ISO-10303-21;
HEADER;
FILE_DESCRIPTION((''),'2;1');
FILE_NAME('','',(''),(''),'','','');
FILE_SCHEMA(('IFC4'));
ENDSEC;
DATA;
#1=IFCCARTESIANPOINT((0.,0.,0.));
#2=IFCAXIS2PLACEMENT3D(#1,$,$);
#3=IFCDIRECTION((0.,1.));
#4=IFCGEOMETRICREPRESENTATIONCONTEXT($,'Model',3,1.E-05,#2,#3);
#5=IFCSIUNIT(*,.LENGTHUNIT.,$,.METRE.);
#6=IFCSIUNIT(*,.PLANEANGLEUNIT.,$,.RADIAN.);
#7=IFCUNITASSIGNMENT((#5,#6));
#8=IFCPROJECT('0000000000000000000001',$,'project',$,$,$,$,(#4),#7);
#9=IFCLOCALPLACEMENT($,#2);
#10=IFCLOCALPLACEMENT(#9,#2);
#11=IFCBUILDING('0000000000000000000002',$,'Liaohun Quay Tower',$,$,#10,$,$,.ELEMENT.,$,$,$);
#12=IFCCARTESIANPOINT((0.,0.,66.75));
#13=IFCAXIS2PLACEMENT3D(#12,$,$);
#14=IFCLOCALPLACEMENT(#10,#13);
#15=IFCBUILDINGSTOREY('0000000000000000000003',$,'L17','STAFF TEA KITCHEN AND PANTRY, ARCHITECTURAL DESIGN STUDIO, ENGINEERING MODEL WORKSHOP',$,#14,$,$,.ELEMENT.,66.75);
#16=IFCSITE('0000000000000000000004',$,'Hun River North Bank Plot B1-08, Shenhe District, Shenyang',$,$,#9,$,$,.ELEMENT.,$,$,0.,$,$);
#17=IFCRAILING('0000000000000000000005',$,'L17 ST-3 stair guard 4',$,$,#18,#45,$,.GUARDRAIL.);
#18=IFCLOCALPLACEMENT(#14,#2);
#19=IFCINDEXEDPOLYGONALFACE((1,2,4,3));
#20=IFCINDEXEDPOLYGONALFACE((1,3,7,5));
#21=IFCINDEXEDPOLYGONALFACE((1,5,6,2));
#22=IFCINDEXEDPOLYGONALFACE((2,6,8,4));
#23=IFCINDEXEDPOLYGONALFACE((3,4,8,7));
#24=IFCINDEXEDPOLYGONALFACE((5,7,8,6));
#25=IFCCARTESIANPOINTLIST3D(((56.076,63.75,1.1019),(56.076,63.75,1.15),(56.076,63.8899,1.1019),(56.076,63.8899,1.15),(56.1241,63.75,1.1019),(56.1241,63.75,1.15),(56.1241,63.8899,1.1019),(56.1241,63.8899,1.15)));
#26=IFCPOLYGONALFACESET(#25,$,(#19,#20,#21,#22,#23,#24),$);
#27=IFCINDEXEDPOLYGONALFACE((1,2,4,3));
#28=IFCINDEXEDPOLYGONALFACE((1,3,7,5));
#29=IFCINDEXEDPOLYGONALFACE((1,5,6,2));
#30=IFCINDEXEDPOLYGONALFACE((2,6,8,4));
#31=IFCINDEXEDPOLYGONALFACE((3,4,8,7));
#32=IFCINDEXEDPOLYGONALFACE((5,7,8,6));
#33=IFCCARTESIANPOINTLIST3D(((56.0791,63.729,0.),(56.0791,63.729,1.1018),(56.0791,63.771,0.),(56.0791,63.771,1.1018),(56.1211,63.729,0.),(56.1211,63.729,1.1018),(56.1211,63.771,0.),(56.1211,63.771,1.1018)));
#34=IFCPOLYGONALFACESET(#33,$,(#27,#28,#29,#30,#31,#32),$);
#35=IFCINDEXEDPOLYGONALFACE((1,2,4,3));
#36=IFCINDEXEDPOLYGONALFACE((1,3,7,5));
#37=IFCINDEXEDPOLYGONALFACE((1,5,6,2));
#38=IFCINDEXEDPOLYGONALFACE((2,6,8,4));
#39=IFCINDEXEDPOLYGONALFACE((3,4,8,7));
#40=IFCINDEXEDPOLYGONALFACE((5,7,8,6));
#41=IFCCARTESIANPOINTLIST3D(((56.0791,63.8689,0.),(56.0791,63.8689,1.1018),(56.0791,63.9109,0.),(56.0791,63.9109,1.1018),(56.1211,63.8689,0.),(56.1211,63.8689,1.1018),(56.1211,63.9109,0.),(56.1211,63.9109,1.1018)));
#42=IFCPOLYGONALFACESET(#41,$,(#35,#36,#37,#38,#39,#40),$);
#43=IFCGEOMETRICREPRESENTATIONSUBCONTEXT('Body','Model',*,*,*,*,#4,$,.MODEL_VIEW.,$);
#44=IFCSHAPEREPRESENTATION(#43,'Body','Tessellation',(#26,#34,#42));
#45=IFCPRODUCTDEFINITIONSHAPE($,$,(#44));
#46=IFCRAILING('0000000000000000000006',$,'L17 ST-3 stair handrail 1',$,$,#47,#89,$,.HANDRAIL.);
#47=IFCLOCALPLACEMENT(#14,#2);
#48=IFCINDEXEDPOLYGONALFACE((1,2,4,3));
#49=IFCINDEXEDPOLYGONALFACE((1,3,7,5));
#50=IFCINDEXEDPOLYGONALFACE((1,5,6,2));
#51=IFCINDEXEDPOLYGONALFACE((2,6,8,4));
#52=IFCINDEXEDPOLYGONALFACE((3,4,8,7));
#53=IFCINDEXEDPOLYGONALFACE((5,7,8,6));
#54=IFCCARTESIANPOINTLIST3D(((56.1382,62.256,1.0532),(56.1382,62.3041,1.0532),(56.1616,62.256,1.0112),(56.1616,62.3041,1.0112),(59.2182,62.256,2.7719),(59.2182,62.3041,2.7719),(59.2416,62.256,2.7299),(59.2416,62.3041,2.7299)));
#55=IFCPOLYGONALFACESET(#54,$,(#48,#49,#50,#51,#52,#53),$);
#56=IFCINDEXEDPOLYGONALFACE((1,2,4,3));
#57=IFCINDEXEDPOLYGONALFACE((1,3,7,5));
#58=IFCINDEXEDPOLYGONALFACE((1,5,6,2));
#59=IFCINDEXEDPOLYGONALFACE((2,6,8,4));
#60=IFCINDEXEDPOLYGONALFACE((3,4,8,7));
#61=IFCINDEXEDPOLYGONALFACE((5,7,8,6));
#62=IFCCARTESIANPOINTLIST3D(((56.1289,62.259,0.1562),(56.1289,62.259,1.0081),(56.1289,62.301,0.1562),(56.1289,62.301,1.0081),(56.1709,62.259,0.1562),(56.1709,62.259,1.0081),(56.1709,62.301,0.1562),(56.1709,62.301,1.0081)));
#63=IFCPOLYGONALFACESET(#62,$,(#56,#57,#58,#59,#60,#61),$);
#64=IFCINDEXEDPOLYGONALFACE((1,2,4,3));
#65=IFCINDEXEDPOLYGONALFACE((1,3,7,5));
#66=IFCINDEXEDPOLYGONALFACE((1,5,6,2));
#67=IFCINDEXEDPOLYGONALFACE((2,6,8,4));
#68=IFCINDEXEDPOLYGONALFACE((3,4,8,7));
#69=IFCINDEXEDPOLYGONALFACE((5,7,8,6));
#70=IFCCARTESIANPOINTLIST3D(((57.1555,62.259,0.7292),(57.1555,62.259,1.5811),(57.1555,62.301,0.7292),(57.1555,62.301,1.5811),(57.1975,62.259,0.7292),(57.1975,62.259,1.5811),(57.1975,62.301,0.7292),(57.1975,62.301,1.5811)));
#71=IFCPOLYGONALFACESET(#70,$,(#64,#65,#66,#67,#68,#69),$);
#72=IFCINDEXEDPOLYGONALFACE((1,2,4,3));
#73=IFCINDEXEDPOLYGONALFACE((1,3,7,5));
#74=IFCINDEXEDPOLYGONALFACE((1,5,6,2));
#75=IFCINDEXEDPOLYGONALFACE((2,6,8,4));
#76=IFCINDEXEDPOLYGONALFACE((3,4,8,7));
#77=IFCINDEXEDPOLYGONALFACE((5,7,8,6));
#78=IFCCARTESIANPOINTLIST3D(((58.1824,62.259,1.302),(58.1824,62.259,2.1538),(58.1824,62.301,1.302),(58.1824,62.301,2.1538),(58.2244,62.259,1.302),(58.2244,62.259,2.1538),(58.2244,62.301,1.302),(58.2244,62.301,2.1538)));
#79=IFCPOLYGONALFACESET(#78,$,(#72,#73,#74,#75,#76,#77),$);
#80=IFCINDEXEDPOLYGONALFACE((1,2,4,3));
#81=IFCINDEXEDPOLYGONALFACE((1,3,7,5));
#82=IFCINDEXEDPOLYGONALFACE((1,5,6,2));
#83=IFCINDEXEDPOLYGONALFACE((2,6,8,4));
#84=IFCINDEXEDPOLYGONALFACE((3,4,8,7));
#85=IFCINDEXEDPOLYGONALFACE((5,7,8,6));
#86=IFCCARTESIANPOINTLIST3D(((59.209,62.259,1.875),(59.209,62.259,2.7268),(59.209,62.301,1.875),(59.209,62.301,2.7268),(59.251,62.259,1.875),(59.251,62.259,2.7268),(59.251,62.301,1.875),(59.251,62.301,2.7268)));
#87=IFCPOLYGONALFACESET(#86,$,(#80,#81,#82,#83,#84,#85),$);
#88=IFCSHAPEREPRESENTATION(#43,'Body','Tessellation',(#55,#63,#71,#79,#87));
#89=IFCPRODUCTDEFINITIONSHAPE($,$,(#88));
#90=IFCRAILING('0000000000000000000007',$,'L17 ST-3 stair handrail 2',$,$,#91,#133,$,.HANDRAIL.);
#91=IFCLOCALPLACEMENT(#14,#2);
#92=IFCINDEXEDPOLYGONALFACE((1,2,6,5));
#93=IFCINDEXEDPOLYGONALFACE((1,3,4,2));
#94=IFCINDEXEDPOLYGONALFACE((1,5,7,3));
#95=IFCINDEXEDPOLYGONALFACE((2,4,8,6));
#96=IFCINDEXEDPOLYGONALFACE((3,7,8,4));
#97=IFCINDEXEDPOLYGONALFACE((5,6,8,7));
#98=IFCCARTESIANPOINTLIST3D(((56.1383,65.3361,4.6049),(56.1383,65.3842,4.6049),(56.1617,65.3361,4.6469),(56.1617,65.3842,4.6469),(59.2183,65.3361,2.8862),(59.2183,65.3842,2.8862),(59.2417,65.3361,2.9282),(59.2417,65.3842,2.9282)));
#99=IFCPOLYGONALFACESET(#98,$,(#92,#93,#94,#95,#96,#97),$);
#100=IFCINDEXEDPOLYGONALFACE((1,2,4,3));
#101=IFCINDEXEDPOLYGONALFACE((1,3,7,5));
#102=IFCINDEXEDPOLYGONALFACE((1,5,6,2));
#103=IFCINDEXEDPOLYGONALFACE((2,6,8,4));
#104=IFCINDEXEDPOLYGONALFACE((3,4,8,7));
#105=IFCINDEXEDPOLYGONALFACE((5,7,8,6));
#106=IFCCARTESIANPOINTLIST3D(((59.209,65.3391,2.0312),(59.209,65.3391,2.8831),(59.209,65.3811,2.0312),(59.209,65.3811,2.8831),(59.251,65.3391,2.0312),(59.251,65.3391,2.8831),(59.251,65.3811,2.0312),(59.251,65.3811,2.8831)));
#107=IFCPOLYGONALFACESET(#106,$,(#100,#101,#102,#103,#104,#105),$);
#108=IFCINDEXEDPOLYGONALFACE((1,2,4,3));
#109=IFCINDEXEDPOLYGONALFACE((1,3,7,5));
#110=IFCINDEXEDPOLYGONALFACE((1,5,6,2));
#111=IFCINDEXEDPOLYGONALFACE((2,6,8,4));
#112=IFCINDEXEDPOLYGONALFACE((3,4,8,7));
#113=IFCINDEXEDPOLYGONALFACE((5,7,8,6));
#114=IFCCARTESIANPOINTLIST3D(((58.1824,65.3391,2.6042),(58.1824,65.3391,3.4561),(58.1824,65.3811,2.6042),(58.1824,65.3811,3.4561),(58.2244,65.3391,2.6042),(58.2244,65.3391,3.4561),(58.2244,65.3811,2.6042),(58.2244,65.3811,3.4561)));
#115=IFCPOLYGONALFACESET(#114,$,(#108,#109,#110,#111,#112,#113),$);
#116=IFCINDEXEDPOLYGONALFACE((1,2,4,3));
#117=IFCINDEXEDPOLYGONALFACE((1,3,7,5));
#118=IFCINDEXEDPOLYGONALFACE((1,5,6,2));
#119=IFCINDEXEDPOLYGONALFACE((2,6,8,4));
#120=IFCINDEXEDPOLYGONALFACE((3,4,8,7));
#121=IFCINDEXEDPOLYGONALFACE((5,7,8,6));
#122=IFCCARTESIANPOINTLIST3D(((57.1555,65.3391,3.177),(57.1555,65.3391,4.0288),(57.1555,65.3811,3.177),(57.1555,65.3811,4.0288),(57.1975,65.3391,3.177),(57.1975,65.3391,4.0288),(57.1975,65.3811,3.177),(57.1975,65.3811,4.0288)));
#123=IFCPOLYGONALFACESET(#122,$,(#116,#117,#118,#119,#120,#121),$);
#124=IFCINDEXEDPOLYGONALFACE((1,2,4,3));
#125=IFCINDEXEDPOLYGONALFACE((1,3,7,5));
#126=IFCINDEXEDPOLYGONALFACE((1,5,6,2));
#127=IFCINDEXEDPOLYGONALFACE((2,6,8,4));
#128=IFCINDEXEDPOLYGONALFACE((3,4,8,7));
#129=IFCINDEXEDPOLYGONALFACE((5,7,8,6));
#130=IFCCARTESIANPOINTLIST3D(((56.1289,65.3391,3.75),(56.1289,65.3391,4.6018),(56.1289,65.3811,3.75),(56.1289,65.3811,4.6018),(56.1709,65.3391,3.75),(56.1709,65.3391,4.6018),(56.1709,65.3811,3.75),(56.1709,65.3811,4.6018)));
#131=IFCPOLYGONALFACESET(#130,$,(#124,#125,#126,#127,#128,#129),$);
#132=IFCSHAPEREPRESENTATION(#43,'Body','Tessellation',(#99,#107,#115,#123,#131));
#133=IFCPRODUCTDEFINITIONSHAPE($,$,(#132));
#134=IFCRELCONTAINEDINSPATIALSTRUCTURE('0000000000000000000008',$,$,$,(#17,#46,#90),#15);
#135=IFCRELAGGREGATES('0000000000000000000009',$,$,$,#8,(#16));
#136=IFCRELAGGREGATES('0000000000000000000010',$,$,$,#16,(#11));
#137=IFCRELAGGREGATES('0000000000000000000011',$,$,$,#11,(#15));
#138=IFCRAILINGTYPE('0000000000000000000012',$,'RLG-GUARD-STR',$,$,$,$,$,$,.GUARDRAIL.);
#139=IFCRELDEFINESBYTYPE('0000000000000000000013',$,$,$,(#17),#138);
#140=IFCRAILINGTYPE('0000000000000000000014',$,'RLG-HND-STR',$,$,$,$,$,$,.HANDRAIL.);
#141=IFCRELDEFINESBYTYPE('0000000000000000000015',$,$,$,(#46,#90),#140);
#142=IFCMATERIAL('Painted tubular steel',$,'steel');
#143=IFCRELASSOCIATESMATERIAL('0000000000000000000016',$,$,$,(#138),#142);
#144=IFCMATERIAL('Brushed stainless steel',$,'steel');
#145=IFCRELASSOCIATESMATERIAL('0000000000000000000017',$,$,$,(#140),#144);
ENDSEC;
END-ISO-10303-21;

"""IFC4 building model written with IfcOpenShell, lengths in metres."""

from ifc_helpers import new_model, si_unit, direction, frame, origin, origin_2d, place, context, subcontext, project, spatial, rectangle, extrude, material, type_object, element, save


model = new_model("IFC4")

# Units and contexts
model_context = context("Model", 3, precision=1e-05, world=origin(), true_north=direction((0.0, 1.0)))
body_context = subcontext(model_context, "Body", "Model", "MODEL_VIEW")
ifc_project = project(units=[si_unit("LENGTHUNIT", "METRE"), si_unit("PLANEANGLEUNIT", "RADIAN")], contexts=[model_context])

# Site, building, storey
site_placement = place(None, origin())
site = spatial("IfcSite", under=ifc_project, at=site_placement, Name="Hun River North Bank Plot B1-08, Shenhe District, Shenyang", CompositionType="ELEMENT", RefElevation=0.0)
building_placement = place(site_placement, origin())
building = spatial("IfcBuilding", under=site, at=building_placement, Name="Liaohun Quay Tower", CompositionType="ELEMENT")
storey_placement = place(building_placement, frame((0.0, 0.0, 66.75)))
storey = spatial("IfcBuildingStorey", under=building, at=storey_placement, Name="L17", Description="STAFF TEA KITCHEN AND PANTRY, ARCHITECTURAL DESIGN STUDIO, ENGINEERING MODEL WORKSHOP", CompositionType="ELEMENT", Elevation=66.75)

# Railings
ifc_material_1 = material(Name="Painted tubular steel", Category="steel")
railing_type_1 = type_object("IfcRailingType", Name="RLG-GUARD-STR", PredefinedType="GUARDRAIL", material=ifc_material_1)
railing_1_placement = place(storey_placement, frame((56.1001, 63.75, 0.0)))
element("IfcRailing", 1, at=railing_1_placement, inside=storey, type_object=railing_type_1, Name="L17 ST-3 stair guard 4", PredefinedType="GUARDRAIL", context=body_context, shape_type="SweptSolid", body=[
    extrude(rectangle(XDim=0.0481, YDim=0.0481, at=origin_2d()), frame((0.0, 0.0, 1.126), z_axis=(0.0, 1.0, 0.0), x_axis=(-1.0, 0.0, 0.0)), (0.0, 0.0, 1.0), 0.1399),
    extrude(rectangle(XDim=0.042, YDim=0.042, at=origin_2d()), origin(), (0.0, 0.0, 1.0), 1.1018),
    extrude(rectangle(XDim=0.042, YDim=0.042, at=origin_2d()), frame((0.0, 0.1399, 0.0)), (0.0, 0.0, 1.0), 1.1018),
])
ifc_material_2 = material(Name="Brushed stainless steel", Category="steel")
railing_type_2 = type_object("IfcRailingType", Name="RLG-HND-STR", PredefinedType="HANDRAIL", material=ifc_material_2)
railing_2_placement = place(storey_placement, frame((56.1499, 62.28, 0.1562)))
element("IfcRailing", 2, at=railing_2_placement, inside=storey, type_object=railing_type_2, Name="L17 ST-3 stair handrail 1", PredefinedType="HANDRAIL", context=body_context, shape_type="SweptSolid", body=[
    extrude(rectangle(XDim=0.0481, YDim=0.0481, at=origin_2d()), frame((0.0, 0.0, 0.876), z_axis=(0.873242, 0.0, 0.487288), x_axis=(0.0, 1.0, 0.0)), (0.0, 0.0, 1.0), 3.5271),
    extrude(rectangle(XDim=0.042, YDim=0.042, at=origin_2d()), origin(), (0.0, 0.0, 1.0), 0.8518),
    extrude(rectangle(XDim=0.042, YDim=0.042, at=origin_2d()), frame((1.0266, 0.0, 0.573)), (0.0, 0.0, 1.0), 0.8518),
    extrude(rectangle(XDim=0.042, YDim=0.042, at=origin_2d()), frame((2.0535, 0.0, 1.1458)), (0.0, 0.0, 1.0), 0.8518),
    extrude(rectangle(XDim=0.042, YDim=0.042, at=origin_2d()), frame((3.0801, 0.0, 1.7188)), (0.0, 0.0, 1.0), 0.8518),
])
railing_3_placement = place(storey_placement, frame((59.23, 65.3601, 2.0312)))
element("IfcRailing", 3, at=railing_3_placement, inside=storey, type_object=railing_type_2, Name="L17 ST-3 stair handrail 2", PredefinedType="HANDRAIL", context=body_context, shape_type="SweptSolid", body=[
    extrude(rectangle(XDim=0.0481, YDim=0.0481, at=origin_2d()), frame((0.0, 0.0, 0.876), z_axis=(-0.873242, 0.0, 0.487288), x_axis=(0.0, -1.0, 0.0)), (0.0, 0.0, 1.0), 3.5271),
    extrude(rectangle(XDim=0.042, YDim=0.042, at=origin_2d()), origin(), (0.0, 0.0, 1.0), 0.8518),
    extrude(rectangle(XDim=0.042, YDim=0.042, at=origin_2d()), frame((-1.0266, 0.0, 0.573)), (0.0, 0.0, 1.0), 0.8518),
    extrude(rectangle(XDim=0.042, YDim=0.042, at=origin_2d()), frame((-2.0535, 0.0, 1.1458)), (0.0, 0.0, 1.0), 0.8518),
    extrude(rectangle(XDim=0.042, YDim=0.042, at=origin_2d()), frame((-3.0801, 0.0, 1.7188)), (0.0, 0.0, 1.0), 0.8518),
])

save(model, "model.ifc")
